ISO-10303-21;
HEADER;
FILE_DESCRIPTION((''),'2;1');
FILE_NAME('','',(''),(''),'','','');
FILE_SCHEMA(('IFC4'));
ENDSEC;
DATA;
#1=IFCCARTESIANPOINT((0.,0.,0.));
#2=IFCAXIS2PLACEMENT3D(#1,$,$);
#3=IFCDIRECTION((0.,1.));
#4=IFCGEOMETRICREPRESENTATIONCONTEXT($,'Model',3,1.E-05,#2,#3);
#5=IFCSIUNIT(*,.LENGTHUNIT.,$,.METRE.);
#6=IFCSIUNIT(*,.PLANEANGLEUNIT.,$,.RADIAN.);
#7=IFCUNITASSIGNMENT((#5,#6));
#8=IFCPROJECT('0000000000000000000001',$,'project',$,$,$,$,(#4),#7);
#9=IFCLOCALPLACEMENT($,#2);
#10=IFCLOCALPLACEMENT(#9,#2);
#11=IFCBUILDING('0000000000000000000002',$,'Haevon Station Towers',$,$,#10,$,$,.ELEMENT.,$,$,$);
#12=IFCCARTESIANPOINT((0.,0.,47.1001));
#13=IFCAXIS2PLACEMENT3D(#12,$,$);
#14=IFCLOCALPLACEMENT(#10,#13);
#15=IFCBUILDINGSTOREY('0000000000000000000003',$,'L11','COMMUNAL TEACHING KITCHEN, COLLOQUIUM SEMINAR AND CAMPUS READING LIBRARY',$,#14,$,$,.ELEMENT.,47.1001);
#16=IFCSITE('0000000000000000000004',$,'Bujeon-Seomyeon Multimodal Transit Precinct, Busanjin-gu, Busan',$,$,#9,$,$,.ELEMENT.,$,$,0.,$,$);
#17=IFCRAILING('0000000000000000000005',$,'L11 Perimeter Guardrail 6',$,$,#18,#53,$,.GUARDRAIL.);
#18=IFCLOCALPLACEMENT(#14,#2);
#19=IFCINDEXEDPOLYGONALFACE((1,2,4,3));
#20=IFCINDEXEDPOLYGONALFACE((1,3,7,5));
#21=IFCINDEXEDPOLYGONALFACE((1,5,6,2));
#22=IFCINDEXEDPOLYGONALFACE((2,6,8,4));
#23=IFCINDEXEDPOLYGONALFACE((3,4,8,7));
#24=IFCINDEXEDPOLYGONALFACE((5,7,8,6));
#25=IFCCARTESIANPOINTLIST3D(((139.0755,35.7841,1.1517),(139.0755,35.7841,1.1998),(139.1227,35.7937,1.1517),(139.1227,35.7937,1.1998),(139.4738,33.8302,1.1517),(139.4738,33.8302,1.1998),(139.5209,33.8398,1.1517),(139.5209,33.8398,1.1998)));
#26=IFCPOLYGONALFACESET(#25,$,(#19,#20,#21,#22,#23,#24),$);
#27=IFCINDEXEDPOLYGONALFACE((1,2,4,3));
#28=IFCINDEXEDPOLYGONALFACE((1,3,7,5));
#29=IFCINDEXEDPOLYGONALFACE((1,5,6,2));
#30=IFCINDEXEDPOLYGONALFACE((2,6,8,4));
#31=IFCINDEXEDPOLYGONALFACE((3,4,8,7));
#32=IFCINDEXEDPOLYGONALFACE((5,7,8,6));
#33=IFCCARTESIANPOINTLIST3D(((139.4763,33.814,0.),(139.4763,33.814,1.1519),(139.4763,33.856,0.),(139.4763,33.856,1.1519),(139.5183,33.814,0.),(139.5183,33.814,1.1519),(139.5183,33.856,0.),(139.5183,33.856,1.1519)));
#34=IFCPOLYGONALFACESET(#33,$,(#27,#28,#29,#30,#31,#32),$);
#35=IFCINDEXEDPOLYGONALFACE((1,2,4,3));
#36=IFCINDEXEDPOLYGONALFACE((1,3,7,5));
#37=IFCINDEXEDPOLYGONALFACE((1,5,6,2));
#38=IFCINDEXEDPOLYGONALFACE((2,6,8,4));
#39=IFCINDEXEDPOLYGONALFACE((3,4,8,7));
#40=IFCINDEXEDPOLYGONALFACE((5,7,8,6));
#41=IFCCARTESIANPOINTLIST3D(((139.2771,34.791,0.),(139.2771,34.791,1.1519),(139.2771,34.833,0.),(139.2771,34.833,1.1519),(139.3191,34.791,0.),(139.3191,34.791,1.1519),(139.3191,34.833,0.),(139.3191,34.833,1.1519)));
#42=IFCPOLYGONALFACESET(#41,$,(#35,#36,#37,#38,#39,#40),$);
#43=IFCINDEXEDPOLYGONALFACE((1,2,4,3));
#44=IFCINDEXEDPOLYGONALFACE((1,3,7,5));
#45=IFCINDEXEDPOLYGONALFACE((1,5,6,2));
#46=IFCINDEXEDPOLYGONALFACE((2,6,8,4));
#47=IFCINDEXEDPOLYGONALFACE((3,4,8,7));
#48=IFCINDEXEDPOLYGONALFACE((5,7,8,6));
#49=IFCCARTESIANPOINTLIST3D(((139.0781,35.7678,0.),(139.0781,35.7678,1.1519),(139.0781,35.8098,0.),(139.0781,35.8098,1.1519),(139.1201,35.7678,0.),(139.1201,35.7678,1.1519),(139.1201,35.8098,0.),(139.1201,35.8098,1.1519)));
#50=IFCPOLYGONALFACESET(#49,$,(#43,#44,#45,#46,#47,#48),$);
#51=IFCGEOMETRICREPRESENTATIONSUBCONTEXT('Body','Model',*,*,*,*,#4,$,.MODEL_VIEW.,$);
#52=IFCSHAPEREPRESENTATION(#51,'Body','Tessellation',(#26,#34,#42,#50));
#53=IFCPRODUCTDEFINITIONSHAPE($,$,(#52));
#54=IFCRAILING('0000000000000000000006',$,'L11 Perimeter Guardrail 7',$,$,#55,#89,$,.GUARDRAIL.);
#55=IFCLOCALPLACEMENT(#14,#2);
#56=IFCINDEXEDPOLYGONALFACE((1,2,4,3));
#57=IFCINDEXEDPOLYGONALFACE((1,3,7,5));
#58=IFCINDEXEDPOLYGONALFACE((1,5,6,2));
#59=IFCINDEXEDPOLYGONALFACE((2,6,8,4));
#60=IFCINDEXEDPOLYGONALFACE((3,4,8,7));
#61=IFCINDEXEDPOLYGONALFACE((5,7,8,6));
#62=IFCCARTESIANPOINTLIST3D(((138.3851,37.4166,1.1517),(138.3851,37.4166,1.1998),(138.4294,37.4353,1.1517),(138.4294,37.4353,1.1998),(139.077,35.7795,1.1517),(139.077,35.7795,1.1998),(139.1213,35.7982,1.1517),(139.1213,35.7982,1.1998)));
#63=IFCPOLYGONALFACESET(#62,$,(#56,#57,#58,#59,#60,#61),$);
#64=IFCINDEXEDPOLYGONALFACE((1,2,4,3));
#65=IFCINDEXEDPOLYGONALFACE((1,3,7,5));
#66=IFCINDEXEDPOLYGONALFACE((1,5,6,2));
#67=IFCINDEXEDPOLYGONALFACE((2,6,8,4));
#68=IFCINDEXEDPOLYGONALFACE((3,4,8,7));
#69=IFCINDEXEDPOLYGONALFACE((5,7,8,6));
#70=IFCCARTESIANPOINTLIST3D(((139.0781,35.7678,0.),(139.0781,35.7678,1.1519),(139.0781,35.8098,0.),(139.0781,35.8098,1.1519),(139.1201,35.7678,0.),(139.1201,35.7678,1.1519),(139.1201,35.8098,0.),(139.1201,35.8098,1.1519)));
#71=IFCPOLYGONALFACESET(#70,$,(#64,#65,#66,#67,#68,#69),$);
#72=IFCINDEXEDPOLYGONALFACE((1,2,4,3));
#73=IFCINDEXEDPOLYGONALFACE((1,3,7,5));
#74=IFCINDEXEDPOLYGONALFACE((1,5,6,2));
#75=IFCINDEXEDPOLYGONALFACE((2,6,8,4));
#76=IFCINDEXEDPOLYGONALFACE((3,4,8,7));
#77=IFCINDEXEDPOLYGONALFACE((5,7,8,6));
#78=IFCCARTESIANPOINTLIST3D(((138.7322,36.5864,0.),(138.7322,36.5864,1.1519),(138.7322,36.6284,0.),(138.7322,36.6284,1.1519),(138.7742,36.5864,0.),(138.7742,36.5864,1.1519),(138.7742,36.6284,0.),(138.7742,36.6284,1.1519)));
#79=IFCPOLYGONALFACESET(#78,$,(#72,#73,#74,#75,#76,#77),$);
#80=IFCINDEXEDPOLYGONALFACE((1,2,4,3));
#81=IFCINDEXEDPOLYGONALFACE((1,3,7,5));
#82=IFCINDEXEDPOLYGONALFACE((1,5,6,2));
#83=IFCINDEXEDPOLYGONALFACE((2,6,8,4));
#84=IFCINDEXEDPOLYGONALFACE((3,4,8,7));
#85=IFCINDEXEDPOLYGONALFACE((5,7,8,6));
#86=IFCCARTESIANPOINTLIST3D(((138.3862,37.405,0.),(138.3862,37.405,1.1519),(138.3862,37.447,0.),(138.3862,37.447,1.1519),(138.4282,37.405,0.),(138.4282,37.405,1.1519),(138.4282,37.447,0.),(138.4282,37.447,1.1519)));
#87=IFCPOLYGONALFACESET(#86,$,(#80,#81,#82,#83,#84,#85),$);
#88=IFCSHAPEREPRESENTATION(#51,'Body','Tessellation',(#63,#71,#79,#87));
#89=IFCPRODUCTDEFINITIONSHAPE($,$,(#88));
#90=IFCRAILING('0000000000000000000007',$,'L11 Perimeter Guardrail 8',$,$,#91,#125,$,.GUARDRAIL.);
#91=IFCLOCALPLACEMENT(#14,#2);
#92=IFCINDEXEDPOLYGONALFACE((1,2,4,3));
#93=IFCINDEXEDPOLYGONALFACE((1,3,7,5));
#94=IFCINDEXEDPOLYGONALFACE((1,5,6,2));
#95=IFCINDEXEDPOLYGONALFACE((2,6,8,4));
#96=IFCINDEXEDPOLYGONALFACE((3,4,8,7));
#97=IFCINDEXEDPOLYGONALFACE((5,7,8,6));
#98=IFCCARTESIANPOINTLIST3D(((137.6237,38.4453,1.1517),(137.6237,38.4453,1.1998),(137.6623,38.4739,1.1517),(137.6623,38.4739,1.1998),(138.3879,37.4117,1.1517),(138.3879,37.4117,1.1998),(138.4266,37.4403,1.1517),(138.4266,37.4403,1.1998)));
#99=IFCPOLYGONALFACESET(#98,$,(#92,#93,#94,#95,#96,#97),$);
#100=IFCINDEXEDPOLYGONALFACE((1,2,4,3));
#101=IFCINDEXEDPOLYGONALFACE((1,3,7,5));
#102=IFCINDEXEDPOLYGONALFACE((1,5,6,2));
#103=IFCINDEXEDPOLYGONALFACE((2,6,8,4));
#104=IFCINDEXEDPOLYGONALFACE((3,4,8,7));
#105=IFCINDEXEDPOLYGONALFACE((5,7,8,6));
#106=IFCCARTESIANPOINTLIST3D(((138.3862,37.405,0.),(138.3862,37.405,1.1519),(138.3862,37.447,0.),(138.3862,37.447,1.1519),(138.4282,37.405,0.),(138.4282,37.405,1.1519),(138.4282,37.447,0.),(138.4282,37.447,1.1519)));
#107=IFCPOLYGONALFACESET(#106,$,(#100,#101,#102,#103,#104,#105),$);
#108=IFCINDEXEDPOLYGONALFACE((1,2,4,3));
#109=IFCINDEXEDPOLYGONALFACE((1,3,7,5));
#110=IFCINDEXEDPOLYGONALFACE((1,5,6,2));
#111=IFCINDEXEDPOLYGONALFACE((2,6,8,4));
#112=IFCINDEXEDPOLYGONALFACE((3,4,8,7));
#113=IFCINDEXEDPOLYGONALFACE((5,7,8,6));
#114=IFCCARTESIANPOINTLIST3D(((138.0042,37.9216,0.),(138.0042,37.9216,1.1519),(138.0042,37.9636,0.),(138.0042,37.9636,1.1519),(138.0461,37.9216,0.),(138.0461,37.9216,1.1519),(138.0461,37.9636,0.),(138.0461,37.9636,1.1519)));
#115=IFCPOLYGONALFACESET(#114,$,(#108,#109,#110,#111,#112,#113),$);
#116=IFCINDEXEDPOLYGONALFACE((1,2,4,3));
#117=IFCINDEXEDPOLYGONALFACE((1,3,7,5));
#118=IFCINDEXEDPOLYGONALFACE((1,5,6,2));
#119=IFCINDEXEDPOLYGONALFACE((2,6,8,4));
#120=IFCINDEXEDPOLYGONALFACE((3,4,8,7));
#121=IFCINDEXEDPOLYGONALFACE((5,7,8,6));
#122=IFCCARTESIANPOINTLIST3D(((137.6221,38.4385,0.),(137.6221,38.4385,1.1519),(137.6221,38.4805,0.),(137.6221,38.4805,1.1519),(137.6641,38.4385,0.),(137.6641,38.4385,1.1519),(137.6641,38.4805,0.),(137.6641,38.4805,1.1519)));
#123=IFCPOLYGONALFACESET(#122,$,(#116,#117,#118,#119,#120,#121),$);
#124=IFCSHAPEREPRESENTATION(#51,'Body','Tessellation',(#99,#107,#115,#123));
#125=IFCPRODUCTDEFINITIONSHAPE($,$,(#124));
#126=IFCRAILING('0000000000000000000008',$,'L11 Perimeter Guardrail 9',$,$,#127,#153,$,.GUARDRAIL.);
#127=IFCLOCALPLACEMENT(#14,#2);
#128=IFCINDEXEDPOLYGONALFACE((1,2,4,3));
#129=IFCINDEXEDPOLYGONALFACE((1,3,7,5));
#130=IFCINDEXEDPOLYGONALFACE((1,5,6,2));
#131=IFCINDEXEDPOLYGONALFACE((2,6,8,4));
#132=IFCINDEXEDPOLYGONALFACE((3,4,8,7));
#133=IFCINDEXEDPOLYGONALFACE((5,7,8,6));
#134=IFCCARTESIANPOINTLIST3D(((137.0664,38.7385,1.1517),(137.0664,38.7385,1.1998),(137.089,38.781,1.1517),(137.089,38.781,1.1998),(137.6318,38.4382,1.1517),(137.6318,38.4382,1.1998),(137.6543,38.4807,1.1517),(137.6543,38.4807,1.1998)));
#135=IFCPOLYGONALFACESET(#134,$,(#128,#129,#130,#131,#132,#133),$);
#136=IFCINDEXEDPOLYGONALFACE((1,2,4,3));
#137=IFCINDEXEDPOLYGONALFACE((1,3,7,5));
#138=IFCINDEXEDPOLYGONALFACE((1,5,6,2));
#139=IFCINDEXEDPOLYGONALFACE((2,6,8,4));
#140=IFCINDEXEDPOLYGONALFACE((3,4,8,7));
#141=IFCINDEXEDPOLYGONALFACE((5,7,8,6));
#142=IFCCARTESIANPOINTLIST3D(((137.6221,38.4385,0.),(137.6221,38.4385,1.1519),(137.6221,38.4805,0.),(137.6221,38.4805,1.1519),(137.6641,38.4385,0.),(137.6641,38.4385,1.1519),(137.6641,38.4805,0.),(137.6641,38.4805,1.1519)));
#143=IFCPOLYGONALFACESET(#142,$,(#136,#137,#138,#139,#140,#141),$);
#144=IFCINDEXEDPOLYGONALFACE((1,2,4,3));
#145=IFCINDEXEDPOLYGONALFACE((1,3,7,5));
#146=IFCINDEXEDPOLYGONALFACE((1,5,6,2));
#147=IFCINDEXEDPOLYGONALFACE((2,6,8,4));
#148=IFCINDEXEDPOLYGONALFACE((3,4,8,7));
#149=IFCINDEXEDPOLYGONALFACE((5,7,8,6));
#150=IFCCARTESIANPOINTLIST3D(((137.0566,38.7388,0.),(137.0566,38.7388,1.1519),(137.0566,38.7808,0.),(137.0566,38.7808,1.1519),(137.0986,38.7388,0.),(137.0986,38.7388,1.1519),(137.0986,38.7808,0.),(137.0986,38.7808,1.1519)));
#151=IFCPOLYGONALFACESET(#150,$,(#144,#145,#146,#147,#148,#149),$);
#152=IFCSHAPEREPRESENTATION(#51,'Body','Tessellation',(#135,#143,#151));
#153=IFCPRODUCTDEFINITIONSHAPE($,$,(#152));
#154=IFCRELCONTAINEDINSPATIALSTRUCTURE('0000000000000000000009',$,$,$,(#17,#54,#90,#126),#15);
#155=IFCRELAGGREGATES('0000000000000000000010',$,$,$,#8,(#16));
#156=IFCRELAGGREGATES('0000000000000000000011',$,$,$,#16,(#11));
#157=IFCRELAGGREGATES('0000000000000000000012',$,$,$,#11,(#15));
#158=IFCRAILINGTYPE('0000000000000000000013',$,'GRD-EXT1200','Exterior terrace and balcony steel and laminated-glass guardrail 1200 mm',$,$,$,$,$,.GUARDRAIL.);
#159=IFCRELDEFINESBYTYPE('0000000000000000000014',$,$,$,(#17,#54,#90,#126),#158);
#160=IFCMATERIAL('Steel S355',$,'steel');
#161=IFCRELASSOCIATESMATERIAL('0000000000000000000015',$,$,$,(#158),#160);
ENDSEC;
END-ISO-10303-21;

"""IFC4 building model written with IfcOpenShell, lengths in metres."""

from ifc_helpers import new_model, si_unit, direction, frame, origin, origin_2d, place, context, subcontext, project, spatial, rectangle, extrude, material, type_object, element, save


model = new_model("IFC4")

# Units and contexts
model_context = context("Model", 3, precision=1e-05, world=origin(), true_north=direction((0.0, 1.0)))
body_context = subcontext(model_context, "Body", "Model", "MODEL_VIEW")
ifc_project = project(units=[si_unit("LENGTHUNIT", "METRE"), si_unit("PLANEANGLEUNIT", "RADIAN")], contexts=[model_context])

# Site, building, storey
site_placement = place(None, origin())
site = spatial("IfcSite", under=ifc_project, at=site_placement, Name="Bujeon-Seomyeon Multimodal Transit Precinct, Busanjin-gu, Busan", CompositionType="ELEMENT", RefElevation=0.0)
building_placement = place(site_placement, origin())
building = spatial("IfcBuilding", under=site, at=building_placement, Name="Haevon Station Towers", CompositionType="ELEMENT")
storey_placement = place(building_placement, frame((0.0, 0.0, 47.1001)))
storey = spatial("IfcBuildingStorey", under=building, at=storey_placement, Name="L11", Description="COMMUNAL TEACHING KITCHEN, COLLOQUIUM SEMINAR AND CAMPUS READING LIBRARY", CompositionType="ELEMENT", Elevation=47.1001)

# Shared definitions
ifc_material_1 = material(Name="Steel S355", Category="steel")

# Railings
railing_type = type_object("IfcRailingType", Name="GRD-EXT1200", Description="Exterior terrace and balcony steel and laminated-glass guardrail 1200 mm", PredefinedType="GUARDRAIL", material=ifc_material_1)
railing_1_placement = place(storey_placement, frame((139.4973, 33.835, 0.0)))
element("IfcRailing", 1, at=railing_1_placement, inside=storey, type_object=railing_type, Name="L11 Perimeter Guardrail 6", PredefinedType="GUARDRAIL", context=body_context, shape_type="SweptSolid", body=[
    extrude(rectangle(XDim=0.0481, YDim=0.0481, at=origin_2d()), frame((0.0, 0.0, 1.1758), z_axis=(-0.199694, 0.979858, 0.0), x_axis=(-0.979858, -0.199694, 0.0)), (0.0, 0.0, 1.0), 1.9941),
    extrude(rectangle(XDim=0.042, YDim=0.042, at=origin_2d()), origin(), (0.0, 0.0, 1.0), 1.1519),
    extrude(rectangle(XDim=0.042, YDim=0.042, at=origin_2d()), frame((-0.1992, 0.9771, 0.0)), (0.0, 0.0, 1.0), 1.1519),
    extrude(rectangle(XDim=0.042, YDim=0.042, at=origin_2d()), frame((-0.3982, 1.9539, 0.0)), (0.0, 0.0, 1.0), 1.1519),
])
railing_2_placement = place(storey_placement, frame((139.0991, 35.7888, 0.0)))
element("IfcRailing", 2, at=railing_2_placement, inside=storey, type_object=railing_type, Name="L11 Perimeter Guardrail 7", PredefinedType="GUARDRAIL", context=body_context, shape_type="SweptSolid", body=[
    extrude(rectangle(XDim=0.0481, YDim=0.0481, at=origin_2d()), frame((0.0, 0.0, 1.1758), z_axis=(-0.389273, 0.921123, 0.0), x_axis=(-0.921123, -0.389273, 0.0)), (0.0, 0.0, 1.0), 1.7773),
    extrude(rectangle(XDim=0.042, YDim=0.042, at=origin_2d()), origin(), (0.0, 0.0, 1.0), 1.1519),
    extrude(rectangle(XDim=0.042, YDim=0.042, at=origin_2d()), frame((-0.3459, 0.8186, 0.0)), (0.0, 0.0, 1.0), 1.1519),
    extrude(rectangle(XDim=0.042, YDim=0.042, at=origin_2d()), frame((-0.6919, 1.6372, 0.0)), (0.0, 0.0, 1.0), 1.1519),
])
railing_3_placement = place(storey_placement, frame((138.4072, 37.426, 0.0)))
element("IfcRailing", 3, at=railing_3_placement, inside=storey, type_object=railing_type, Name="L11 Perimeter Guardrail 8", PredefinedType="GUARDRAIL", context=body_context, shape_type="SweptSolid", body=[
    extrude(rectangle(XDim=0.0481, YDim=0.0481, at=origin_2d()), frame((0.0, 0.0, 1.1758), z_axis=(-0.594546, 0.804062, 0.0), x_axis=(-0.804062, -0.594546, 0.0)), (0.0, 0.0, 1.0), 1.2854),
    extrude(rectangle(XDim=0.042, YDim=0.042, at=origin_2d()), origin(), (0.0, 0.0, 1.0), 1.1519),
    extrude(rectangle(XDim=0.042, YDim=0.042, at=origin_2d()), frame((-0.3821, 0.5166, 0.0)), (0.0, 0.0, 1.0), 1.1519),
    extrude(rectangle(XDim=0.042, YDim=0.042, at=origin_2d()), frame((-0.7642, 1.0334, 0.0)), (0.0, 0.0, 1.0), 1.1519),
])
railing_4_placement = place(storey_placement, frame((137.6431, 38.4595, 0.0)))
element("IfcRailing", 4, at=railing_4_placement, inside=storey, type_object=railing_type, Name="L11 Perimeter Guardrail 9", PredefinedType="GUARDRAIL", context=body_context, shape_type="SweptSolid", body=[
    extrude(rectangle(XDim=0.0481, YDim=0.0481, at=origin_2d()), frame((0.0, 0.0, 1.1758), z_axis=(-0.883175, 0.469044, 0.0), x_axis=(-0.469044, -0.883175, 0.0)), (0.0, 0.0, 1.0), 0.6401),
    extrude(rectangle(XDim=0.042, YDim=0.042, at=origin_2d()), origin(), (0.0, 0.0, 1.0), 1.1519),
    extrude(rectangle(XDim=0.042, YDim=0.042, at=origin_2d()), frame((-0.5654, 0.3003, 0.0)), (0.0, 0.0, 1.0), 1.1519),
])

save(model, "model.ifc")
